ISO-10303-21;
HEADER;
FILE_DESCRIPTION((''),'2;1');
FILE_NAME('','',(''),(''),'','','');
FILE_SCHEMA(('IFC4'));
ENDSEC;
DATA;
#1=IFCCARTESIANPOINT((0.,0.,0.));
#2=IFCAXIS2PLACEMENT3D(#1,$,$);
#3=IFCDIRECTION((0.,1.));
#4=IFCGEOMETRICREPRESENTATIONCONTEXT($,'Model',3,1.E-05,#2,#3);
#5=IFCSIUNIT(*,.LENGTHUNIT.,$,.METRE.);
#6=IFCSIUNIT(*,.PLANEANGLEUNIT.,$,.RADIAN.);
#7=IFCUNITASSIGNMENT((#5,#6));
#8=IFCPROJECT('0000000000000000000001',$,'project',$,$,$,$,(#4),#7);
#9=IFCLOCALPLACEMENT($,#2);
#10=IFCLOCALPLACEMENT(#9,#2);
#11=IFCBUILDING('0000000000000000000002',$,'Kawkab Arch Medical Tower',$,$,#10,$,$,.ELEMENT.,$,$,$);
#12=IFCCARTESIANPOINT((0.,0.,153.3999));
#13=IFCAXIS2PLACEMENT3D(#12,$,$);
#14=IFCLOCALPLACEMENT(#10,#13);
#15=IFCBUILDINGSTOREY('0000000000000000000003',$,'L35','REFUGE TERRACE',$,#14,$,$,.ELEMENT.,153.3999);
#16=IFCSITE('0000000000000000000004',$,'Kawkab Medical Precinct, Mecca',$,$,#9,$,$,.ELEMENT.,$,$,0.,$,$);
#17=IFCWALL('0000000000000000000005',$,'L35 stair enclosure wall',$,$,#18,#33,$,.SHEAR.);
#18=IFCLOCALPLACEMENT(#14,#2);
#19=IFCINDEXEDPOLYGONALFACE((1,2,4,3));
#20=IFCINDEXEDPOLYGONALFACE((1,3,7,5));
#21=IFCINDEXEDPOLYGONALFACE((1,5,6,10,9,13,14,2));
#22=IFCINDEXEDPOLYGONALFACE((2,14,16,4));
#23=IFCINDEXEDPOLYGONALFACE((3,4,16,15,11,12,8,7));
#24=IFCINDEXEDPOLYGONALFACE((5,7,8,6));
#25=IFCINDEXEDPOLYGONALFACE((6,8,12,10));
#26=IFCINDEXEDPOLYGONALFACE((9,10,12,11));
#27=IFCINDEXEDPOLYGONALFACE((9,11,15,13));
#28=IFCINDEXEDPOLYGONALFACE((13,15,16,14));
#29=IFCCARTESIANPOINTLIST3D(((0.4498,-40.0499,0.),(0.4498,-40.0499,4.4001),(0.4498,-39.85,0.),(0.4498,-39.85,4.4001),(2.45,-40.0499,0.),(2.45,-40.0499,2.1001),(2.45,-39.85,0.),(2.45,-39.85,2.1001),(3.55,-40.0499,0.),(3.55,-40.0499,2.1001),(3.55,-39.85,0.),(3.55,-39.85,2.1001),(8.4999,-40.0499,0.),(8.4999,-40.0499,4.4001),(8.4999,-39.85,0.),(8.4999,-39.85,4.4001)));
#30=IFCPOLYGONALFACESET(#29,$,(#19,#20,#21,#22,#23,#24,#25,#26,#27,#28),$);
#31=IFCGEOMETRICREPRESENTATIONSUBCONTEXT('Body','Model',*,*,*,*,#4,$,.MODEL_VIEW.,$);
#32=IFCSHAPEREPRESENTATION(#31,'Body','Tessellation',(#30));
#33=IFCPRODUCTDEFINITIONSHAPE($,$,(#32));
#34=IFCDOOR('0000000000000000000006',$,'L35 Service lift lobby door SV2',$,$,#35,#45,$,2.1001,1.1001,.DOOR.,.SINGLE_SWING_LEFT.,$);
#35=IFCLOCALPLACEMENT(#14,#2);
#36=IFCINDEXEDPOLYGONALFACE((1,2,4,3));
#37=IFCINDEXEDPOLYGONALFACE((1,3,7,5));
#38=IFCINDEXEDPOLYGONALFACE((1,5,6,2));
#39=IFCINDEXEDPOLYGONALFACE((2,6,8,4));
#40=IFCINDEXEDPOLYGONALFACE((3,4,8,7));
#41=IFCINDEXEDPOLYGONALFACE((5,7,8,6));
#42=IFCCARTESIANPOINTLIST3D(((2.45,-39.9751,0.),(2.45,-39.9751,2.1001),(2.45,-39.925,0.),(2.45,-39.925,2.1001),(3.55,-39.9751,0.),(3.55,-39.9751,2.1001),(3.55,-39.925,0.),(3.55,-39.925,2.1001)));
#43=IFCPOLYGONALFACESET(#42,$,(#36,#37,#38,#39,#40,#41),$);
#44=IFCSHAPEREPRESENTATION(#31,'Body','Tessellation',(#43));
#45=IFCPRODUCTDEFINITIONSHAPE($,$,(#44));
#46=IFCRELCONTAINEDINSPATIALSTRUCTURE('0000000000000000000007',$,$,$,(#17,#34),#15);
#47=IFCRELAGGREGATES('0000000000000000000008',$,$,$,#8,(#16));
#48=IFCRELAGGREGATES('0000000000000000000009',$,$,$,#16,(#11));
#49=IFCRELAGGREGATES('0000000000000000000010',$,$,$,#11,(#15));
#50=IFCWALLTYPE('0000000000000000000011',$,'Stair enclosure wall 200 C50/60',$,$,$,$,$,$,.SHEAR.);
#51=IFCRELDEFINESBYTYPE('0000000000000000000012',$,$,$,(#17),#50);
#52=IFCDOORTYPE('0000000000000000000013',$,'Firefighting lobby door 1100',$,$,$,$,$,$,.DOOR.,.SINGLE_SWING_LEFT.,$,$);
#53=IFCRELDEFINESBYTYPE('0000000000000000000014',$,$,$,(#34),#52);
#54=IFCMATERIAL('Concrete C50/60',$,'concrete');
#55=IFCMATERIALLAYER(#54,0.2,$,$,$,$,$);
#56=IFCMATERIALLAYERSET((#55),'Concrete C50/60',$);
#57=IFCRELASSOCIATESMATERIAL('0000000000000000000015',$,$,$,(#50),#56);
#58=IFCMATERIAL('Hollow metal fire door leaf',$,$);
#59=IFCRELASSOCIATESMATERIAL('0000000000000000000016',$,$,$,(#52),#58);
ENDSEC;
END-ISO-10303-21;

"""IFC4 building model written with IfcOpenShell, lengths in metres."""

from ifc_helpers import new_model, si_unit, direction, frame, frame_2d, origin, place, context, subcontext, project, spatial, rectangle, extrude, material, layer, layer_set, type_object, element, fill, save


model = new_model("IFC4")

# Units and contexts
model_context = context("Model", 3, precision=1e-05, world=origin(), true_north=direction((0.0, 1.0)))
body_context = subcontext(model_context, "Body", "Model", "MODEL_VIEW")
ifc_project = project(units=[si_unit("LENGTHUNIT", "METRE"), si_unit("PLANEANGLEUNIT", "RADIAN")], contexts=[model_context])

# Site, building, storey
site_placement = place(None, origin())
site = spatial("IfcSite", under=ifc_project, at=site_placement, Name="Kawkab Medical Precinct, Mecca", CompositionType="ELEMENT", RefElevation=0.0)
building_placement = place(site_placement, origin())
building = spatial("IfcBuilding", under=site, at=building_placement, Name="Kawkab Arch Medical Tower", CompositionType="ELEMENT")
storey_placement = place(building_placement, frame((0.0, 0.0, 153.3999)))
storey = spatial("IfcBuildingStorey", under=building, at=storey_placement, Name="L35", Description="REFUGE TERRACE", CompositionType="ELEMENT", Elevation=153.3999)

# Wall, opening, door
ifc_material_1 = material(Name="Concrete C50/60", Category="concrete")
ifc_layer_1 = layer(ifc_material_1, 0.2)
ifc_layer_set_1 = layer_set([ifc_layer_1], Name="Concrete C50/60")
wall_type_1 = type_object("IfcWallType", Name="Stair enclosure wall 200 C50/60", PredefinedType="SHEAR", material=ifc_layer_set_1)
wall_1_placement = place(storey_placement, frame((0.45, -39.95, 0.0), z_axis=(0.0, 0.0, 1.0), x_axis=(1.0, 0.0, 0.0)))
wall_1 = element("IfcWall", 1, at=wall_1_placement, inside=storey, type_object=wall_type_1, Name="L35 stair enclosure wall", PredefinedType="SHEAR", context=body_context, shape_type="SweptSolid", body=[
    extrude(rectangle(XDim=8.05, YDim=0.2, at=frame_2d((4.0249, 0.0))), origin(), (0.0, 0.0, 1.0), 4.4001),
])
opening_1_placement = place(wall_1_placement, frame((2.0, 0.0, 0.0)))
opening_1 = element("IfcOpeningElement", 2, at=opening_1_placement, cuts=wall_1, PredefinedType="OPENING", context=body_context, shape_type="SweptSolid", body=[
    extrude(rectangle(XDim=1.1001, YDim=2.1001, at=frame_2d((0.55, 1.05))), frame((0.0, 0.1099, 0.0), z_axis=(0.0, -1.0, 0.0), x_axis=(1.0, 0.0, 0.0)), (0.0, 0.0, 1.0), 0.22),
])
ifc_material_2 = material(Name="Hollow metal fire door leaf")
door_type_1 = type_object("IfcDoorType", Name="Firefighting lobby door 1100", OperationType="SINGLE_SWING_LEFT", PredefinedType="DOOR", material=ifc_material_2)
door_1_placement = place(opening_1_placement, origin())
door_1 = element("IfcDoor", 3, at=door_1_placement, inside=storey, type_object=door_type_1, Name="L35 Service lift lobby door SV2", OperationType="SINGLE_SWING_LEFT", OverallHeight=2.1001, OverallWidth=1.1001, PredefinedType="DOOR", context=body_context, shape_type="SweptSolid", body=[
    extrude(rectangle(XDim=1.1001, YDim=2.1001, at=frame_2d((0.55, 1.05))), frame((0.0, 0.0249, 0.0), z_axis=(0.0, -1.0, 0.0), x_axis=(1.0, 0.0, 0.0)), (0.0, 0.0, 1.0), 0.05),
])
fill(opening_1, door_1)

save(model, "model.ifc")
